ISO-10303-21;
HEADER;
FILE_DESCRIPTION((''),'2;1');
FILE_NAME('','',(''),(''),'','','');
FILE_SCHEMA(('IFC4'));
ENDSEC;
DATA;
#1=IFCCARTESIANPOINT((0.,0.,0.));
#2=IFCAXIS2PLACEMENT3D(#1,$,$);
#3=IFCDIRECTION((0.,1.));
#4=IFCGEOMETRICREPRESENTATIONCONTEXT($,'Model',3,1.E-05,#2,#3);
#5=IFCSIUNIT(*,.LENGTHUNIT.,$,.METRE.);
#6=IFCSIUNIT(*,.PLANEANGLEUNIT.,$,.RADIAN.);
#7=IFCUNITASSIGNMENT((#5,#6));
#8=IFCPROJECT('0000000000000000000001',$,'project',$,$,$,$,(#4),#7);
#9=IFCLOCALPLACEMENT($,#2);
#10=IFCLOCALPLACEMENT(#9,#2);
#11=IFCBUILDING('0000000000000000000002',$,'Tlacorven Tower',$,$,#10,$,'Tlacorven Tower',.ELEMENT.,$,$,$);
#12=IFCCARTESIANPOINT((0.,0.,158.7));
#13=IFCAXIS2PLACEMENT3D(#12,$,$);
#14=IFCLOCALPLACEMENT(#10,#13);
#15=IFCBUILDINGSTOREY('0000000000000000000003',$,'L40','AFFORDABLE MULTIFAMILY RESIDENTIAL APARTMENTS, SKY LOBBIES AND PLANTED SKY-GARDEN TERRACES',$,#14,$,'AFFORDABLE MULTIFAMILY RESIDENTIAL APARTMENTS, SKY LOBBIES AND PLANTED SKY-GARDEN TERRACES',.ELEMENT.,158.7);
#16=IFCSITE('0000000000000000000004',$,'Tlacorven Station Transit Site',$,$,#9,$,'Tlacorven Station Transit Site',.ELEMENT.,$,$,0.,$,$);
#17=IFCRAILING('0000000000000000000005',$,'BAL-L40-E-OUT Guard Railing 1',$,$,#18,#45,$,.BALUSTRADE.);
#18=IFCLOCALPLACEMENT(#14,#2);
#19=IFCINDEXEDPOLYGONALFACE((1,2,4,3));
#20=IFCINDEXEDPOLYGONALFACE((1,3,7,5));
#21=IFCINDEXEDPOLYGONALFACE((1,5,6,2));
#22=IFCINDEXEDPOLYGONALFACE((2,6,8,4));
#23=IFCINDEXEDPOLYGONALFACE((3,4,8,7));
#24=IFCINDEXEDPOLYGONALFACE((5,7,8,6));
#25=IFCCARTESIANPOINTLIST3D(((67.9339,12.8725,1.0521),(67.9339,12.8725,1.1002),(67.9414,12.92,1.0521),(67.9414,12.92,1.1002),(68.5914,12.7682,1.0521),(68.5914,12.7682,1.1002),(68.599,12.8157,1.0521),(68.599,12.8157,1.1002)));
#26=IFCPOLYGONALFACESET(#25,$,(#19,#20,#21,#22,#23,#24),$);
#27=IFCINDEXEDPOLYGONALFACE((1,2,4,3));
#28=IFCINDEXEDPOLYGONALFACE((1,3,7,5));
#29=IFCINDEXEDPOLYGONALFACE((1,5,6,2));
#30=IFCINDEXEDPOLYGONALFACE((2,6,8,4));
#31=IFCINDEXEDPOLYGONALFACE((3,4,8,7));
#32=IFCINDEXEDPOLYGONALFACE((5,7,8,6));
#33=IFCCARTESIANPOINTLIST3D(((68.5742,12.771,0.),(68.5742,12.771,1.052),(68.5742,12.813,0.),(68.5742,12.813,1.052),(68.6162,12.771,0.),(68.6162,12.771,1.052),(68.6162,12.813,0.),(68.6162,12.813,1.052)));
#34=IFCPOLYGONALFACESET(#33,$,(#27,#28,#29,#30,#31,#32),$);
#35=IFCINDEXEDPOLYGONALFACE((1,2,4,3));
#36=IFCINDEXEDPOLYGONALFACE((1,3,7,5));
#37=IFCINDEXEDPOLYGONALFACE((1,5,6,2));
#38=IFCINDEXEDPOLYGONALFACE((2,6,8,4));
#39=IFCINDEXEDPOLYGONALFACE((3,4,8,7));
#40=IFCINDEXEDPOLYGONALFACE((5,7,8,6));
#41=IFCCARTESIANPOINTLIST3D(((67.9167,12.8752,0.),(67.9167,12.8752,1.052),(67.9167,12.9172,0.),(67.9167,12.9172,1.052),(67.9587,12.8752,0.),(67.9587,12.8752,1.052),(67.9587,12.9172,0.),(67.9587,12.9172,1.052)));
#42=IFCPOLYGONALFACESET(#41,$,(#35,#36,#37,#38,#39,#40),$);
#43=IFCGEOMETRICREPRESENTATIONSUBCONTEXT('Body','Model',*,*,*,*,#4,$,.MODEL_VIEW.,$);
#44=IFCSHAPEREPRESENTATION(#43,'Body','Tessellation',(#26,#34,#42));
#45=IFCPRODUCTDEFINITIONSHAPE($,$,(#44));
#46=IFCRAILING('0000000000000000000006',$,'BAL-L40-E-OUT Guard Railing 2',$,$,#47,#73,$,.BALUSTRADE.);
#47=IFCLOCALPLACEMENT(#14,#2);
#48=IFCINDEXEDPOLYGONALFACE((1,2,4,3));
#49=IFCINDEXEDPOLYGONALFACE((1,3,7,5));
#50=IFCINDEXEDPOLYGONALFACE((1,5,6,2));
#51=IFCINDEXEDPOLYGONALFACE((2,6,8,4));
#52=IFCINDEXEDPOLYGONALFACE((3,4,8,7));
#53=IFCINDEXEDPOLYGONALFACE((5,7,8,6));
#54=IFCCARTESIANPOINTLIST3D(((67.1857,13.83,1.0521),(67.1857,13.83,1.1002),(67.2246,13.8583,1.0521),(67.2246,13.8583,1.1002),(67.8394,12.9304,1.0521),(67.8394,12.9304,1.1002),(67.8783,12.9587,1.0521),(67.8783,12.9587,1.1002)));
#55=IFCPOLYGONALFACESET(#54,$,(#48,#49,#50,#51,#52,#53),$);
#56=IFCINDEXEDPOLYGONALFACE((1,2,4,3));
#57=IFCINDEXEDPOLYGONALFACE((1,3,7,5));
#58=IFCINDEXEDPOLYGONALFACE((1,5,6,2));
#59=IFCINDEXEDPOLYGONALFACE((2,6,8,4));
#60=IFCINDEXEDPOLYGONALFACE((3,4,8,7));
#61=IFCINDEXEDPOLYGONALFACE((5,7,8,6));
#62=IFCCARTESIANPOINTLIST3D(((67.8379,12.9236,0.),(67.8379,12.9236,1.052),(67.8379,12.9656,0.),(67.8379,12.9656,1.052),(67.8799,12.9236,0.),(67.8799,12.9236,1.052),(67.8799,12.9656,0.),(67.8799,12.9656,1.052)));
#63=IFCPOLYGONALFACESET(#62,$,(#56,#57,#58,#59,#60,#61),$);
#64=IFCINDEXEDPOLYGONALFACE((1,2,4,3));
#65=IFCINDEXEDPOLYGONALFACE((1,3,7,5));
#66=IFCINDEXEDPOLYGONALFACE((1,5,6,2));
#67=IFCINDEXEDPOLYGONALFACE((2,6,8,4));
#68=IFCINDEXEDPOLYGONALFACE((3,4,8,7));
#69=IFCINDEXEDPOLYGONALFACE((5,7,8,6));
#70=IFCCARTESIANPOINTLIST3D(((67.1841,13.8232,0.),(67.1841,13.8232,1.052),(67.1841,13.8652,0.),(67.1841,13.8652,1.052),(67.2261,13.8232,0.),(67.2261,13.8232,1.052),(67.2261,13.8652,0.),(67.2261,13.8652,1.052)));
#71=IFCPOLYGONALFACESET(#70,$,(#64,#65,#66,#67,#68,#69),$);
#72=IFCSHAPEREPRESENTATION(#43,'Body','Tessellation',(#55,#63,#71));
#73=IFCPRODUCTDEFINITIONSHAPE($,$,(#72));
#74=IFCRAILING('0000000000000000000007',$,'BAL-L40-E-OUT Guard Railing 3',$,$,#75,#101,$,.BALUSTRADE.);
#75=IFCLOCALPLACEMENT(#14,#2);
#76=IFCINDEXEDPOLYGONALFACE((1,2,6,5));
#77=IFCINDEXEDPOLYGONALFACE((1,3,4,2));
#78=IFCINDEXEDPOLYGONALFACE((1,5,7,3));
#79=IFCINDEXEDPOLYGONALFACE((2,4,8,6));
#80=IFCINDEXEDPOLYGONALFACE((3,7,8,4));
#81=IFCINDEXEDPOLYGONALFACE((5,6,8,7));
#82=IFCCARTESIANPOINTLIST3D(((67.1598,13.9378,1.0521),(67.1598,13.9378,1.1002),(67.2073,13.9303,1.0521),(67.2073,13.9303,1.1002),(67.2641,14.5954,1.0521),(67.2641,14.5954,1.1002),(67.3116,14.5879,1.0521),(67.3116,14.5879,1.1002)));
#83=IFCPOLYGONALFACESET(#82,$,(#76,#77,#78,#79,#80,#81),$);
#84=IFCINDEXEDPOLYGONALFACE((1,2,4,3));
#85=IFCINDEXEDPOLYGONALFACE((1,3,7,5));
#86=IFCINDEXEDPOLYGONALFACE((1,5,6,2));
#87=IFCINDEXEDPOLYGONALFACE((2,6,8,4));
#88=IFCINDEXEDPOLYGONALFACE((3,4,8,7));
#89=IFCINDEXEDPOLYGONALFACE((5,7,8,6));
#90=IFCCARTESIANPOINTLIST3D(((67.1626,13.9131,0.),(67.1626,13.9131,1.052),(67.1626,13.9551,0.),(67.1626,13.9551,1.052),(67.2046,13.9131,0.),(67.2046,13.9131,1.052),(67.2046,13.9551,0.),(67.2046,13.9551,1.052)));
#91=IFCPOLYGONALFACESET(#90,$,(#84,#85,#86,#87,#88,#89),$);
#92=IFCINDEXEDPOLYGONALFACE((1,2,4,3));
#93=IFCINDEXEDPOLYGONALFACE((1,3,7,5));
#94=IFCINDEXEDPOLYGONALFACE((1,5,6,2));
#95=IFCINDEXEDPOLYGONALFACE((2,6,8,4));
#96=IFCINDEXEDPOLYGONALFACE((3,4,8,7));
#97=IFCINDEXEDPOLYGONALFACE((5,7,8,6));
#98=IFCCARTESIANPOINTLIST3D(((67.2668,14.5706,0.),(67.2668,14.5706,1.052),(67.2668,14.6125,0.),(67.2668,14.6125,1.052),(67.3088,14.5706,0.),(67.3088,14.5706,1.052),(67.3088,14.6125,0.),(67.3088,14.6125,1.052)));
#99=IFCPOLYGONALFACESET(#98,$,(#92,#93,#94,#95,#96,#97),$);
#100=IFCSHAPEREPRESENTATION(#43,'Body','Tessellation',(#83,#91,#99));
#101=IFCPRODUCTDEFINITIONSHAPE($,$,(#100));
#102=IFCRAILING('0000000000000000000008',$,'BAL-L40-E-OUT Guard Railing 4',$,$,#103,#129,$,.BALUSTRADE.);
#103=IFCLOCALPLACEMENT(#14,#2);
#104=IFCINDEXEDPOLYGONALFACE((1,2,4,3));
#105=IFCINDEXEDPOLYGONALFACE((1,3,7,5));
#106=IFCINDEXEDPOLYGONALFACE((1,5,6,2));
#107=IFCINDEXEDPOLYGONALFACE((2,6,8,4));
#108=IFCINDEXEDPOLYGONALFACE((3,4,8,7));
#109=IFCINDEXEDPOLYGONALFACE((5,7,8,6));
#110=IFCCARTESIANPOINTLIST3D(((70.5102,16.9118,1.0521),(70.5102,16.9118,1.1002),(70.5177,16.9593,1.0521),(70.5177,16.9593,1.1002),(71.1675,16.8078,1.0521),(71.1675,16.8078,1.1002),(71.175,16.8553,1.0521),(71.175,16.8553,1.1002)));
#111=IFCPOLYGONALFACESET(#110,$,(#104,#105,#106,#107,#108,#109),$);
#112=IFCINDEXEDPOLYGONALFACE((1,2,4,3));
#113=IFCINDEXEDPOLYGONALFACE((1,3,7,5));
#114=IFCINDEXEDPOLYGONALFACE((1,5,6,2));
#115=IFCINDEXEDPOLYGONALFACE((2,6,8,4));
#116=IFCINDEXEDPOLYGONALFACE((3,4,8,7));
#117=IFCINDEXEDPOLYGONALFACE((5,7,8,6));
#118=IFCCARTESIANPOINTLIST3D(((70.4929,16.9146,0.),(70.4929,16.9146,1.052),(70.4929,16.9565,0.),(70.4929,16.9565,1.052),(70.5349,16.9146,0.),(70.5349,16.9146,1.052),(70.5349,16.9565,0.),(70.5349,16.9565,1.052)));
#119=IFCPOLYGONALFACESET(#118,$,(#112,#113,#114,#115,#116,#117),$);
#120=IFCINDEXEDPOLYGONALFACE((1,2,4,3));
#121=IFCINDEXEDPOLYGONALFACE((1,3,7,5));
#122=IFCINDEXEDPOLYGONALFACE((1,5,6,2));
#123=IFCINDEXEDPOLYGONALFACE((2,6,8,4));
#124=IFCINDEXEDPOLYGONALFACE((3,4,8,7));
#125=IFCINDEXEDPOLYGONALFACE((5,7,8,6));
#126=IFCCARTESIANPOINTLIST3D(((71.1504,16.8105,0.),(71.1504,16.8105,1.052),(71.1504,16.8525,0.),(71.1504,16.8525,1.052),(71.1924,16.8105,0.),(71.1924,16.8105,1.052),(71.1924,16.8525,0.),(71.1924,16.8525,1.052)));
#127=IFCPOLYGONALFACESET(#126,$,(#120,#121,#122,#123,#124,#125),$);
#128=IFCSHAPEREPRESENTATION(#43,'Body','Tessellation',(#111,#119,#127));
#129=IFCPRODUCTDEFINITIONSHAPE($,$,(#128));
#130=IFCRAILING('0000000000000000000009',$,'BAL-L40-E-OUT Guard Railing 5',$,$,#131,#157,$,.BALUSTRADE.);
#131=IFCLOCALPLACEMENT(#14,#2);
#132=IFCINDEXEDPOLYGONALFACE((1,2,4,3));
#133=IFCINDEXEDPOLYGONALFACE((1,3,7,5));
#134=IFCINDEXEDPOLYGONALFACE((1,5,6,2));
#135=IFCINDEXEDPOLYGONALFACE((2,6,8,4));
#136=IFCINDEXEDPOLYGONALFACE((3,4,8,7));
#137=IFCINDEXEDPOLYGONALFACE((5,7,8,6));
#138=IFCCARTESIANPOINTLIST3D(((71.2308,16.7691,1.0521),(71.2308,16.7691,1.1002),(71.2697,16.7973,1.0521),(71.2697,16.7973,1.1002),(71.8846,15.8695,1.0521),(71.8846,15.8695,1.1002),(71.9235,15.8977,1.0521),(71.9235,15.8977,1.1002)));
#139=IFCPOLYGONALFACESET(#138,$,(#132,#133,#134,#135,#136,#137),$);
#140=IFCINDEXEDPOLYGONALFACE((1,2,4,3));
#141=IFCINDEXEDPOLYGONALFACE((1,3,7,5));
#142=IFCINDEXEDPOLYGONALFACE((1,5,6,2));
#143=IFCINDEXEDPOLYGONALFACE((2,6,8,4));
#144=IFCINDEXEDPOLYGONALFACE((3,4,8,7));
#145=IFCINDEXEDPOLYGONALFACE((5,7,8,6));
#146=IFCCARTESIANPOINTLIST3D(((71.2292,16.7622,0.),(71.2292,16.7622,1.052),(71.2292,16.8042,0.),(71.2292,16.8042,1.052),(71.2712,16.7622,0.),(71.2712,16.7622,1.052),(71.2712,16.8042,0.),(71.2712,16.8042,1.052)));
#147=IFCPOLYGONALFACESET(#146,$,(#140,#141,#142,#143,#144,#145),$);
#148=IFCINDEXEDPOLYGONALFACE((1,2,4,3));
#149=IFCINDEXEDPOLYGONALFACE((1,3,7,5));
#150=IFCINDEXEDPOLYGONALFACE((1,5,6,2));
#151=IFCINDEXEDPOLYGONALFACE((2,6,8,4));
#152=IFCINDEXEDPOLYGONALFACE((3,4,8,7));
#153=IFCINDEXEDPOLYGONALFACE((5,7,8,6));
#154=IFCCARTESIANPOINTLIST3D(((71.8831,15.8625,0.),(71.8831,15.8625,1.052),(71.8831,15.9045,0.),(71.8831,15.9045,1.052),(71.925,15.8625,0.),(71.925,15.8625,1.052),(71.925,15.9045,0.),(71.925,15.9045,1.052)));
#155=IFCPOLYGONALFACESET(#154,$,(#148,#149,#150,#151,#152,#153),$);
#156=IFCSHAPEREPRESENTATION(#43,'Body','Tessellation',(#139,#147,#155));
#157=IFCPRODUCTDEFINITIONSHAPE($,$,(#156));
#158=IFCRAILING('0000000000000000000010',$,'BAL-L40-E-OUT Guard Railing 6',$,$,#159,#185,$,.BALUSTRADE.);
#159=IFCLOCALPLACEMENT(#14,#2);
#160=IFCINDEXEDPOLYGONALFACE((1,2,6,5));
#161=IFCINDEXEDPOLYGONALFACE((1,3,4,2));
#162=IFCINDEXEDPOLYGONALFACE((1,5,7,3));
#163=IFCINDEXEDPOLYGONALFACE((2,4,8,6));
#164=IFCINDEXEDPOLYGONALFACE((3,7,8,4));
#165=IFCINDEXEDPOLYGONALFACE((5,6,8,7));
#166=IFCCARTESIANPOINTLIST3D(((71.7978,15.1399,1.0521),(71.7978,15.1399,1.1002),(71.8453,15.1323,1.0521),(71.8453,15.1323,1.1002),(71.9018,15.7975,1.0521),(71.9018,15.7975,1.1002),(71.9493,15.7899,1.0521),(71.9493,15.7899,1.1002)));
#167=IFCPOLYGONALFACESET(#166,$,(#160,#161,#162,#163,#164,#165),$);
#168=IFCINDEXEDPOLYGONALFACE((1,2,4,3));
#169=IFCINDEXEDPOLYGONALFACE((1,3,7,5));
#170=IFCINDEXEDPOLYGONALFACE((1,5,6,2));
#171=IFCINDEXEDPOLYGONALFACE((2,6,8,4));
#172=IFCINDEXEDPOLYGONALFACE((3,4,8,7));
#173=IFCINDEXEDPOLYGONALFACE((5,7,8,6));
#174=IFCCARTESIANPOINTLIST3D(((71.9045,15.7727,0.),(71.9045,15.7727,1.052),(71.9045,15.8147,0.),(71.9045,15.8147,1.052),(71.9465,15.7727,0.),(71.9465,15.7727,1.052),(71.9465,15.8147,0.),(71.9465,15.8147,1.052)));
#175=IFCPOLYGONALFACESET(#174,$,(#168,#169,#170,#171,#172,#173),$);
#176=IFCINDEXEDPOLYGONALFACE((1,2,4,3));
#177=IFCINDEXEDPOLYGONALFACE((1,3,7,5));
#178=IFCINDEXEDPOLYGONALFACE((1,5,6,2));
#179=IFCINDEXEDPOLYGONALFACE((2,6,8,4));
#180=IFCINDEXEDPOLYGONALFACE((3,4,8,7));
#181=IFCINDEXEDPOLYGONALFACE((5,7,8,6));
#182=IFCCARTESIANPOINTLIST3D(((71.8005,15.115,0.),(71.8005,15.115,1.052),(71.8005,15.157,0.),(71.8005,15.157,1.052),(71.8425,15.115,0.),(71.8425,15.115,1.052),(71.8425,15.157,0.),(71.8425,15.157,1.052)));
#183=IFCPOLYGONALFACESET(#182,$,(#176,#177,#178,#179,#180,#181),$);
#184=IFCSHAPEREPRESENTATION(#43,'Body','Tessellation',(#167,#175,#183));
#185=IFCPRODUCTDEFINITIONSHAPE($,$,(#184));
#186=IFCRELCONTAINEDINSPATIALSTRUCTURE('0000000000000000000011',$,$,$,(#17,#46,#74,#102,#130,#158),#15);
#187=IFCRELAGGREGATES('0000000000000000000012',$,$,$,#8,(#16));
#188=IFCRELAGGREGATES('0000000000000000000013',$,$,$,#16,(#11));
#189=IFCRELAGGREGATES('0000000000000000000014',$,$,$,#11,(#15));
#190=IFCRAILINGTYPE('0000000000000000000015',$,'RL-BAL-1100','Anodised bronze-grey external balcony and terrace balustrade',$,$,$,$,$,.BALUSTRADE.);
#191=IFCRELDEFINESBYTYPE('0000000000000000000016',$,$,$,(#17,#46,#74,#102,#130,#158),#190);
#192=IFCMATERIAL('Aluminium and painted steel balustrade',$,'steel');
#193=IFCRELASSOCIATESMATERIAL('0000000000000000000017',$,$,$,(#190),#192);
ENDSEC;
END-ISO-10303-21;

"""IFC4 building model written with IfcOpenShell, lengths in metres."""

from ifc_helpers import new_model, si_unit, direction, frame, origin, origin_2d, place, context, subcontext, project, spatial, rectangle, extrude, source, transform, mapped, material, type_object, element, save


model = new_model("IFC4")

# Units and contexts
model_context = context("Model", 3, precision=1e-05, world=origin(), true_north=direction((0.0, 1.0)))
body_context = subcontext(model_context, "Body", "Model", "MODEL_VIEW")
ifc_project = project(units=[si_unit("LENGTHUNIT", "METRE"), si_unit("PLANEANGLEUNIT", "RADIAN")], contexts=[model_context])

# Site, building, storey
site_placement = place(None, origin())
site = spatial("IfcSite", under=ifc_project, at=site_placement, Name="Tlacorven Station Transit Site", LongName="Tlacorven Station Transit Site", CompositionType="ELEMENT", RefElevation=0.0)
building_placement = place(site_placement, origin())
building = spatial("IfcBuilding", under=site, at=building_placement, Name="Tlacorven Tower", LongName="Tlacorven Tower", CompositionType="ELEMENT")
storey_placement = place(building_placement, frame((0.0, 0.0, 158.7)))
storey = spatial("IfcBuildingStorey", under=building, at=storey_placement, Name="L40", Description="AFFORDABLE MULTIFAMILY RESIDENTIAL APARTMENTS, SKY LOBBIES AND PLANTED SKY-GARDEN TERRACES", LongName="AFFORDABLE MULTIFAMILY RESIDENTIAL APARTMENTS, SKY LOBBIES AND PLANTED SKY-GARDEN TERRACES", CompositionType="ELEMENT", Elevation=158.7)

# Railings
ifc_material_1 = material(Name="Aluminium and painted steel balustrade", Category="steel")
railing_type_1 = type_object("IfcRailingType", Name="RL-BAL-1100", Description="Anodised bronze-grey external balcony and terrace balustrade", PredefinedType="BALUSTRADE", material=ifc_material_1)
shared_shape_1 = source(origin(), body_context, "Body", "SweptSolid", [
    extrude(rectangle(XDim=0.0481, YDim=0.0481, at=origin_2d()), frame((0.0, 0.0, 1.0762), z_axis=(-0.987662, 0.156603, 0.0), x_axis=(-0.156603, -0.987662, 0.0)), (0.0, 0.0, 1.0), 0.6658),
    extrude(rectangle(XDim=0.042, YDim=0.042, at=origin_2d()), origin(), (0.0, 0.0, 1.0), 1.052),
    extrude(rectangle(XDim=0.042, YDim=0.042, at=origin_2d()), frame((-0.6575, 0.1042, 0.0)), (0.0, 0.0, 1.0), 1.052),
])
railing_1_placement = place(storey_placement, frame((68.5952, 12.792, 0.0)))
element("IfcRailing", 1, at=railing_1_placement, inside=storey, type_object=railing_type_1, Name="BAL-L40-E-OUT Guard Railing 1", PredefinedType="BALUSTRADE", context=body_context, shape_type="MappedRepresentation", body=[
    mapped(shared_shape_1, transform((0.0, 0.0, 0.0), scale=1.0)),
])
shared_shape_2 = source(origin(), body_context, "Body", "SweptSolid", [
    extrude(rectangle(XDim=0.0481, YDim=0.0481, at=origin_2d()), frame((0.0, 0.0, 1.0762), z_axis=(-0.587884, 0.808945, 0.0), x_axis=(-0.808945, -0.587884, 0.0)), (0.0, 0.0, 1.0), 1.1121),
    extrude(rectangle(XDim=0.042, YDim=0.042, at=origin_2d()), origin(), (0.0, 0.0, 1.0), 1.052),
    extrude(rectangle(XDim=0.042, YDim=0.042, at=origin_2d()), frame((-0.6538, 0.8997, 0.0)), (0.0, 0.0, 1.0), 1.052),
])
railing_2_placement = place(storey_placement, frame((67.8589, 12.9446, 0.0)))
element("IfcRailing", 2, at=railing_2_placement, inside=storey, type_object=railing_type_1, Name="BAL-L40-E-OUT Guard Railing 2", PredefinedType="BALUSTRADE", context=body_context, shape_type="MappedRepresentation", body=[
    mapped(shared_shape_2, transform((0.0, 0.0, 0.0), scale=1.0)),
])
shared_shape_3 = source(origin(), body_context, "Body", "SweptSolid", [
    extrude(rectangle(XDim=0.0481, YDim=0.0481, at=origin_2d()), frame((0.0, 0.0, 1.0762), z_axis=(0.156603, 0.987662, 0.0), x_axis=(-0.987662, 0.156603, 0.0)), (0.0, 0.0, 1.0), 0.6658),
    extrude(rectangle(XDim=0.042, YDim=0.042, at=origin_2d()), origin(), (0.0, 0.0, 1.0), 1.052),
    extrude(rectangle(XDim=0.042, YDim=0.042, at=origin_2d()), frame((0.1042, 0.6575, 0.0)), (0.0, 0.0, 1.0), 1.052),
])
railing_3_placement = place(storey_placement, frame((67.1836, 13.9341, 0.0)))
element("IfcRailing", 3, at=railing_3_placement, inside=storey, type_object=railing_type_1, Name="BAL-L40-E-OUT Guard Railing 3", PredefinedType="BALUSTRADE", context=body_context, shape_type="MappedRepresentation", body=[
    mapped(shared_shape_3, transform((0.0, 0.0, 0.0), scale=1.0)),
])
shared_shape_4 = source(origin(), body_context, "Body", "SweptSolid", [
    extrude(rectangle(XDim=0.0481, YDim=0.0481, at=origin_2d()), frame((0.0, 0.0, 1.0762), z_axis=(0.987718, -0.156245, 0.0), x_axis=(0.156245, 0.987718, 0.0)), (0.0, 0.0, 1.0), 0.6655),
    extrude(rectangle(XDim=0.042, YDim=0.042, at=origin_2d()), origin(), (0.0, 0.0, 1.0), 1.052),
    extrude(rectangle(XDim=0.042, YDim=0.042, at=origin_2d()), frame((0.6575, -0.104, 0.0)), (0.0, 0.0, 1.0), 1.052),
])
railing_4_placement = place(storey_placement, frame((70.5139, 16.9355, 0.0)))
element("IfcRailing", 4, at=railing_4_placement, inside=storey, type_object=railing_type_1, Name="BAL-L40-E-OUT Guard Railing 4", PredefinedType="BALUSTRADE", context=body_context, shape_type="MappedRepresentation", body=[
    mapped(shared_shape_4, transform((0.0, 0.0, 0.0), scale=1.0)),
])
shared_shape_5 = source(origin(), body_context, "Body", "SweptSolid", [
    extrude(rectangle(XDim=0.0481, YDim=0.0481, at=origin_2d()), frame((0.0, 0.0, 1.0762), z_axis=(0.587884, -0.808945, 0.0), x_axis=(0.808945, 0.587884, 0.0)), (0.0, 0.0, 1.0), 1.1121),
    extrude(rectangle(XDim=0.042, YDim=0.042, at=origin_2d()), origin(), (0.0, 0.0, 1.0), 1.052),
    extrude(rectangle(XDim=0.042, YDim=0.042, at=origin_2d()), frame((0.6538, -0.8997, 0.0)), (0.0, 0.0, 1.0), 1.052),
])
railing_5_placement = place(storey_placement, frame((71.2502, 16.7832, 0.0)))
element("IfcRailing", 5, at=railing_5_placement, inside=storey, type_object=railing_type_1, Name="BAL-L40-E-OUT Guard Railing 5", PredefinedType="BALUSTRADE", context=body_context, shape_type="MappedRepresentation", body=[
    mapped(shared_shape_5, transform((0.0, 0.0, 0.0), scale=1.0)),
])
shared_shape_6 = source(origin(), body_context, "Body", "SweptSolid", [
    extrude(rectangle(XDim=0.0481, YDim=0.0481, at=origin_2d()), frame((0.0, 0.0, 1.0762), z_axis=(-0.156188, -0.987727, 0.0), x_axis=(0.987727, -0.156188, 0.0)), (0.0, 0.0, 1.0), 0.6658),
    extrude(rectangle(XDim=0.042, YDim=0.042, at=origin_2d()), origin(), (0.0, 0.0, 1.0), 1.052),
    extrude(rectangle(XDim=0.042, YDim=0.042, at=origin_2d()), frame((-0.104, -0.6577, 0.0)), (0.0, 0.0, 1.0), 1.052),
])
railing_6_placement = place(storey_placement, frame((71.9255, 15.7937, 0.0)))
element("IfcRailing", 6, at=railing_6_placement, inside=storey, type_object=railing_type_1, Name="BAL-L40-E-OUT Guard Railing 6", PredefinedType="BALUSTRADE", context=body_context, shape_type="MappedRepresentation", body=[
    mapped(shared_shape_6, transform((0.0, 0.0, 0.0), scale=1.0)),
])

save(model, "model.ifc")
